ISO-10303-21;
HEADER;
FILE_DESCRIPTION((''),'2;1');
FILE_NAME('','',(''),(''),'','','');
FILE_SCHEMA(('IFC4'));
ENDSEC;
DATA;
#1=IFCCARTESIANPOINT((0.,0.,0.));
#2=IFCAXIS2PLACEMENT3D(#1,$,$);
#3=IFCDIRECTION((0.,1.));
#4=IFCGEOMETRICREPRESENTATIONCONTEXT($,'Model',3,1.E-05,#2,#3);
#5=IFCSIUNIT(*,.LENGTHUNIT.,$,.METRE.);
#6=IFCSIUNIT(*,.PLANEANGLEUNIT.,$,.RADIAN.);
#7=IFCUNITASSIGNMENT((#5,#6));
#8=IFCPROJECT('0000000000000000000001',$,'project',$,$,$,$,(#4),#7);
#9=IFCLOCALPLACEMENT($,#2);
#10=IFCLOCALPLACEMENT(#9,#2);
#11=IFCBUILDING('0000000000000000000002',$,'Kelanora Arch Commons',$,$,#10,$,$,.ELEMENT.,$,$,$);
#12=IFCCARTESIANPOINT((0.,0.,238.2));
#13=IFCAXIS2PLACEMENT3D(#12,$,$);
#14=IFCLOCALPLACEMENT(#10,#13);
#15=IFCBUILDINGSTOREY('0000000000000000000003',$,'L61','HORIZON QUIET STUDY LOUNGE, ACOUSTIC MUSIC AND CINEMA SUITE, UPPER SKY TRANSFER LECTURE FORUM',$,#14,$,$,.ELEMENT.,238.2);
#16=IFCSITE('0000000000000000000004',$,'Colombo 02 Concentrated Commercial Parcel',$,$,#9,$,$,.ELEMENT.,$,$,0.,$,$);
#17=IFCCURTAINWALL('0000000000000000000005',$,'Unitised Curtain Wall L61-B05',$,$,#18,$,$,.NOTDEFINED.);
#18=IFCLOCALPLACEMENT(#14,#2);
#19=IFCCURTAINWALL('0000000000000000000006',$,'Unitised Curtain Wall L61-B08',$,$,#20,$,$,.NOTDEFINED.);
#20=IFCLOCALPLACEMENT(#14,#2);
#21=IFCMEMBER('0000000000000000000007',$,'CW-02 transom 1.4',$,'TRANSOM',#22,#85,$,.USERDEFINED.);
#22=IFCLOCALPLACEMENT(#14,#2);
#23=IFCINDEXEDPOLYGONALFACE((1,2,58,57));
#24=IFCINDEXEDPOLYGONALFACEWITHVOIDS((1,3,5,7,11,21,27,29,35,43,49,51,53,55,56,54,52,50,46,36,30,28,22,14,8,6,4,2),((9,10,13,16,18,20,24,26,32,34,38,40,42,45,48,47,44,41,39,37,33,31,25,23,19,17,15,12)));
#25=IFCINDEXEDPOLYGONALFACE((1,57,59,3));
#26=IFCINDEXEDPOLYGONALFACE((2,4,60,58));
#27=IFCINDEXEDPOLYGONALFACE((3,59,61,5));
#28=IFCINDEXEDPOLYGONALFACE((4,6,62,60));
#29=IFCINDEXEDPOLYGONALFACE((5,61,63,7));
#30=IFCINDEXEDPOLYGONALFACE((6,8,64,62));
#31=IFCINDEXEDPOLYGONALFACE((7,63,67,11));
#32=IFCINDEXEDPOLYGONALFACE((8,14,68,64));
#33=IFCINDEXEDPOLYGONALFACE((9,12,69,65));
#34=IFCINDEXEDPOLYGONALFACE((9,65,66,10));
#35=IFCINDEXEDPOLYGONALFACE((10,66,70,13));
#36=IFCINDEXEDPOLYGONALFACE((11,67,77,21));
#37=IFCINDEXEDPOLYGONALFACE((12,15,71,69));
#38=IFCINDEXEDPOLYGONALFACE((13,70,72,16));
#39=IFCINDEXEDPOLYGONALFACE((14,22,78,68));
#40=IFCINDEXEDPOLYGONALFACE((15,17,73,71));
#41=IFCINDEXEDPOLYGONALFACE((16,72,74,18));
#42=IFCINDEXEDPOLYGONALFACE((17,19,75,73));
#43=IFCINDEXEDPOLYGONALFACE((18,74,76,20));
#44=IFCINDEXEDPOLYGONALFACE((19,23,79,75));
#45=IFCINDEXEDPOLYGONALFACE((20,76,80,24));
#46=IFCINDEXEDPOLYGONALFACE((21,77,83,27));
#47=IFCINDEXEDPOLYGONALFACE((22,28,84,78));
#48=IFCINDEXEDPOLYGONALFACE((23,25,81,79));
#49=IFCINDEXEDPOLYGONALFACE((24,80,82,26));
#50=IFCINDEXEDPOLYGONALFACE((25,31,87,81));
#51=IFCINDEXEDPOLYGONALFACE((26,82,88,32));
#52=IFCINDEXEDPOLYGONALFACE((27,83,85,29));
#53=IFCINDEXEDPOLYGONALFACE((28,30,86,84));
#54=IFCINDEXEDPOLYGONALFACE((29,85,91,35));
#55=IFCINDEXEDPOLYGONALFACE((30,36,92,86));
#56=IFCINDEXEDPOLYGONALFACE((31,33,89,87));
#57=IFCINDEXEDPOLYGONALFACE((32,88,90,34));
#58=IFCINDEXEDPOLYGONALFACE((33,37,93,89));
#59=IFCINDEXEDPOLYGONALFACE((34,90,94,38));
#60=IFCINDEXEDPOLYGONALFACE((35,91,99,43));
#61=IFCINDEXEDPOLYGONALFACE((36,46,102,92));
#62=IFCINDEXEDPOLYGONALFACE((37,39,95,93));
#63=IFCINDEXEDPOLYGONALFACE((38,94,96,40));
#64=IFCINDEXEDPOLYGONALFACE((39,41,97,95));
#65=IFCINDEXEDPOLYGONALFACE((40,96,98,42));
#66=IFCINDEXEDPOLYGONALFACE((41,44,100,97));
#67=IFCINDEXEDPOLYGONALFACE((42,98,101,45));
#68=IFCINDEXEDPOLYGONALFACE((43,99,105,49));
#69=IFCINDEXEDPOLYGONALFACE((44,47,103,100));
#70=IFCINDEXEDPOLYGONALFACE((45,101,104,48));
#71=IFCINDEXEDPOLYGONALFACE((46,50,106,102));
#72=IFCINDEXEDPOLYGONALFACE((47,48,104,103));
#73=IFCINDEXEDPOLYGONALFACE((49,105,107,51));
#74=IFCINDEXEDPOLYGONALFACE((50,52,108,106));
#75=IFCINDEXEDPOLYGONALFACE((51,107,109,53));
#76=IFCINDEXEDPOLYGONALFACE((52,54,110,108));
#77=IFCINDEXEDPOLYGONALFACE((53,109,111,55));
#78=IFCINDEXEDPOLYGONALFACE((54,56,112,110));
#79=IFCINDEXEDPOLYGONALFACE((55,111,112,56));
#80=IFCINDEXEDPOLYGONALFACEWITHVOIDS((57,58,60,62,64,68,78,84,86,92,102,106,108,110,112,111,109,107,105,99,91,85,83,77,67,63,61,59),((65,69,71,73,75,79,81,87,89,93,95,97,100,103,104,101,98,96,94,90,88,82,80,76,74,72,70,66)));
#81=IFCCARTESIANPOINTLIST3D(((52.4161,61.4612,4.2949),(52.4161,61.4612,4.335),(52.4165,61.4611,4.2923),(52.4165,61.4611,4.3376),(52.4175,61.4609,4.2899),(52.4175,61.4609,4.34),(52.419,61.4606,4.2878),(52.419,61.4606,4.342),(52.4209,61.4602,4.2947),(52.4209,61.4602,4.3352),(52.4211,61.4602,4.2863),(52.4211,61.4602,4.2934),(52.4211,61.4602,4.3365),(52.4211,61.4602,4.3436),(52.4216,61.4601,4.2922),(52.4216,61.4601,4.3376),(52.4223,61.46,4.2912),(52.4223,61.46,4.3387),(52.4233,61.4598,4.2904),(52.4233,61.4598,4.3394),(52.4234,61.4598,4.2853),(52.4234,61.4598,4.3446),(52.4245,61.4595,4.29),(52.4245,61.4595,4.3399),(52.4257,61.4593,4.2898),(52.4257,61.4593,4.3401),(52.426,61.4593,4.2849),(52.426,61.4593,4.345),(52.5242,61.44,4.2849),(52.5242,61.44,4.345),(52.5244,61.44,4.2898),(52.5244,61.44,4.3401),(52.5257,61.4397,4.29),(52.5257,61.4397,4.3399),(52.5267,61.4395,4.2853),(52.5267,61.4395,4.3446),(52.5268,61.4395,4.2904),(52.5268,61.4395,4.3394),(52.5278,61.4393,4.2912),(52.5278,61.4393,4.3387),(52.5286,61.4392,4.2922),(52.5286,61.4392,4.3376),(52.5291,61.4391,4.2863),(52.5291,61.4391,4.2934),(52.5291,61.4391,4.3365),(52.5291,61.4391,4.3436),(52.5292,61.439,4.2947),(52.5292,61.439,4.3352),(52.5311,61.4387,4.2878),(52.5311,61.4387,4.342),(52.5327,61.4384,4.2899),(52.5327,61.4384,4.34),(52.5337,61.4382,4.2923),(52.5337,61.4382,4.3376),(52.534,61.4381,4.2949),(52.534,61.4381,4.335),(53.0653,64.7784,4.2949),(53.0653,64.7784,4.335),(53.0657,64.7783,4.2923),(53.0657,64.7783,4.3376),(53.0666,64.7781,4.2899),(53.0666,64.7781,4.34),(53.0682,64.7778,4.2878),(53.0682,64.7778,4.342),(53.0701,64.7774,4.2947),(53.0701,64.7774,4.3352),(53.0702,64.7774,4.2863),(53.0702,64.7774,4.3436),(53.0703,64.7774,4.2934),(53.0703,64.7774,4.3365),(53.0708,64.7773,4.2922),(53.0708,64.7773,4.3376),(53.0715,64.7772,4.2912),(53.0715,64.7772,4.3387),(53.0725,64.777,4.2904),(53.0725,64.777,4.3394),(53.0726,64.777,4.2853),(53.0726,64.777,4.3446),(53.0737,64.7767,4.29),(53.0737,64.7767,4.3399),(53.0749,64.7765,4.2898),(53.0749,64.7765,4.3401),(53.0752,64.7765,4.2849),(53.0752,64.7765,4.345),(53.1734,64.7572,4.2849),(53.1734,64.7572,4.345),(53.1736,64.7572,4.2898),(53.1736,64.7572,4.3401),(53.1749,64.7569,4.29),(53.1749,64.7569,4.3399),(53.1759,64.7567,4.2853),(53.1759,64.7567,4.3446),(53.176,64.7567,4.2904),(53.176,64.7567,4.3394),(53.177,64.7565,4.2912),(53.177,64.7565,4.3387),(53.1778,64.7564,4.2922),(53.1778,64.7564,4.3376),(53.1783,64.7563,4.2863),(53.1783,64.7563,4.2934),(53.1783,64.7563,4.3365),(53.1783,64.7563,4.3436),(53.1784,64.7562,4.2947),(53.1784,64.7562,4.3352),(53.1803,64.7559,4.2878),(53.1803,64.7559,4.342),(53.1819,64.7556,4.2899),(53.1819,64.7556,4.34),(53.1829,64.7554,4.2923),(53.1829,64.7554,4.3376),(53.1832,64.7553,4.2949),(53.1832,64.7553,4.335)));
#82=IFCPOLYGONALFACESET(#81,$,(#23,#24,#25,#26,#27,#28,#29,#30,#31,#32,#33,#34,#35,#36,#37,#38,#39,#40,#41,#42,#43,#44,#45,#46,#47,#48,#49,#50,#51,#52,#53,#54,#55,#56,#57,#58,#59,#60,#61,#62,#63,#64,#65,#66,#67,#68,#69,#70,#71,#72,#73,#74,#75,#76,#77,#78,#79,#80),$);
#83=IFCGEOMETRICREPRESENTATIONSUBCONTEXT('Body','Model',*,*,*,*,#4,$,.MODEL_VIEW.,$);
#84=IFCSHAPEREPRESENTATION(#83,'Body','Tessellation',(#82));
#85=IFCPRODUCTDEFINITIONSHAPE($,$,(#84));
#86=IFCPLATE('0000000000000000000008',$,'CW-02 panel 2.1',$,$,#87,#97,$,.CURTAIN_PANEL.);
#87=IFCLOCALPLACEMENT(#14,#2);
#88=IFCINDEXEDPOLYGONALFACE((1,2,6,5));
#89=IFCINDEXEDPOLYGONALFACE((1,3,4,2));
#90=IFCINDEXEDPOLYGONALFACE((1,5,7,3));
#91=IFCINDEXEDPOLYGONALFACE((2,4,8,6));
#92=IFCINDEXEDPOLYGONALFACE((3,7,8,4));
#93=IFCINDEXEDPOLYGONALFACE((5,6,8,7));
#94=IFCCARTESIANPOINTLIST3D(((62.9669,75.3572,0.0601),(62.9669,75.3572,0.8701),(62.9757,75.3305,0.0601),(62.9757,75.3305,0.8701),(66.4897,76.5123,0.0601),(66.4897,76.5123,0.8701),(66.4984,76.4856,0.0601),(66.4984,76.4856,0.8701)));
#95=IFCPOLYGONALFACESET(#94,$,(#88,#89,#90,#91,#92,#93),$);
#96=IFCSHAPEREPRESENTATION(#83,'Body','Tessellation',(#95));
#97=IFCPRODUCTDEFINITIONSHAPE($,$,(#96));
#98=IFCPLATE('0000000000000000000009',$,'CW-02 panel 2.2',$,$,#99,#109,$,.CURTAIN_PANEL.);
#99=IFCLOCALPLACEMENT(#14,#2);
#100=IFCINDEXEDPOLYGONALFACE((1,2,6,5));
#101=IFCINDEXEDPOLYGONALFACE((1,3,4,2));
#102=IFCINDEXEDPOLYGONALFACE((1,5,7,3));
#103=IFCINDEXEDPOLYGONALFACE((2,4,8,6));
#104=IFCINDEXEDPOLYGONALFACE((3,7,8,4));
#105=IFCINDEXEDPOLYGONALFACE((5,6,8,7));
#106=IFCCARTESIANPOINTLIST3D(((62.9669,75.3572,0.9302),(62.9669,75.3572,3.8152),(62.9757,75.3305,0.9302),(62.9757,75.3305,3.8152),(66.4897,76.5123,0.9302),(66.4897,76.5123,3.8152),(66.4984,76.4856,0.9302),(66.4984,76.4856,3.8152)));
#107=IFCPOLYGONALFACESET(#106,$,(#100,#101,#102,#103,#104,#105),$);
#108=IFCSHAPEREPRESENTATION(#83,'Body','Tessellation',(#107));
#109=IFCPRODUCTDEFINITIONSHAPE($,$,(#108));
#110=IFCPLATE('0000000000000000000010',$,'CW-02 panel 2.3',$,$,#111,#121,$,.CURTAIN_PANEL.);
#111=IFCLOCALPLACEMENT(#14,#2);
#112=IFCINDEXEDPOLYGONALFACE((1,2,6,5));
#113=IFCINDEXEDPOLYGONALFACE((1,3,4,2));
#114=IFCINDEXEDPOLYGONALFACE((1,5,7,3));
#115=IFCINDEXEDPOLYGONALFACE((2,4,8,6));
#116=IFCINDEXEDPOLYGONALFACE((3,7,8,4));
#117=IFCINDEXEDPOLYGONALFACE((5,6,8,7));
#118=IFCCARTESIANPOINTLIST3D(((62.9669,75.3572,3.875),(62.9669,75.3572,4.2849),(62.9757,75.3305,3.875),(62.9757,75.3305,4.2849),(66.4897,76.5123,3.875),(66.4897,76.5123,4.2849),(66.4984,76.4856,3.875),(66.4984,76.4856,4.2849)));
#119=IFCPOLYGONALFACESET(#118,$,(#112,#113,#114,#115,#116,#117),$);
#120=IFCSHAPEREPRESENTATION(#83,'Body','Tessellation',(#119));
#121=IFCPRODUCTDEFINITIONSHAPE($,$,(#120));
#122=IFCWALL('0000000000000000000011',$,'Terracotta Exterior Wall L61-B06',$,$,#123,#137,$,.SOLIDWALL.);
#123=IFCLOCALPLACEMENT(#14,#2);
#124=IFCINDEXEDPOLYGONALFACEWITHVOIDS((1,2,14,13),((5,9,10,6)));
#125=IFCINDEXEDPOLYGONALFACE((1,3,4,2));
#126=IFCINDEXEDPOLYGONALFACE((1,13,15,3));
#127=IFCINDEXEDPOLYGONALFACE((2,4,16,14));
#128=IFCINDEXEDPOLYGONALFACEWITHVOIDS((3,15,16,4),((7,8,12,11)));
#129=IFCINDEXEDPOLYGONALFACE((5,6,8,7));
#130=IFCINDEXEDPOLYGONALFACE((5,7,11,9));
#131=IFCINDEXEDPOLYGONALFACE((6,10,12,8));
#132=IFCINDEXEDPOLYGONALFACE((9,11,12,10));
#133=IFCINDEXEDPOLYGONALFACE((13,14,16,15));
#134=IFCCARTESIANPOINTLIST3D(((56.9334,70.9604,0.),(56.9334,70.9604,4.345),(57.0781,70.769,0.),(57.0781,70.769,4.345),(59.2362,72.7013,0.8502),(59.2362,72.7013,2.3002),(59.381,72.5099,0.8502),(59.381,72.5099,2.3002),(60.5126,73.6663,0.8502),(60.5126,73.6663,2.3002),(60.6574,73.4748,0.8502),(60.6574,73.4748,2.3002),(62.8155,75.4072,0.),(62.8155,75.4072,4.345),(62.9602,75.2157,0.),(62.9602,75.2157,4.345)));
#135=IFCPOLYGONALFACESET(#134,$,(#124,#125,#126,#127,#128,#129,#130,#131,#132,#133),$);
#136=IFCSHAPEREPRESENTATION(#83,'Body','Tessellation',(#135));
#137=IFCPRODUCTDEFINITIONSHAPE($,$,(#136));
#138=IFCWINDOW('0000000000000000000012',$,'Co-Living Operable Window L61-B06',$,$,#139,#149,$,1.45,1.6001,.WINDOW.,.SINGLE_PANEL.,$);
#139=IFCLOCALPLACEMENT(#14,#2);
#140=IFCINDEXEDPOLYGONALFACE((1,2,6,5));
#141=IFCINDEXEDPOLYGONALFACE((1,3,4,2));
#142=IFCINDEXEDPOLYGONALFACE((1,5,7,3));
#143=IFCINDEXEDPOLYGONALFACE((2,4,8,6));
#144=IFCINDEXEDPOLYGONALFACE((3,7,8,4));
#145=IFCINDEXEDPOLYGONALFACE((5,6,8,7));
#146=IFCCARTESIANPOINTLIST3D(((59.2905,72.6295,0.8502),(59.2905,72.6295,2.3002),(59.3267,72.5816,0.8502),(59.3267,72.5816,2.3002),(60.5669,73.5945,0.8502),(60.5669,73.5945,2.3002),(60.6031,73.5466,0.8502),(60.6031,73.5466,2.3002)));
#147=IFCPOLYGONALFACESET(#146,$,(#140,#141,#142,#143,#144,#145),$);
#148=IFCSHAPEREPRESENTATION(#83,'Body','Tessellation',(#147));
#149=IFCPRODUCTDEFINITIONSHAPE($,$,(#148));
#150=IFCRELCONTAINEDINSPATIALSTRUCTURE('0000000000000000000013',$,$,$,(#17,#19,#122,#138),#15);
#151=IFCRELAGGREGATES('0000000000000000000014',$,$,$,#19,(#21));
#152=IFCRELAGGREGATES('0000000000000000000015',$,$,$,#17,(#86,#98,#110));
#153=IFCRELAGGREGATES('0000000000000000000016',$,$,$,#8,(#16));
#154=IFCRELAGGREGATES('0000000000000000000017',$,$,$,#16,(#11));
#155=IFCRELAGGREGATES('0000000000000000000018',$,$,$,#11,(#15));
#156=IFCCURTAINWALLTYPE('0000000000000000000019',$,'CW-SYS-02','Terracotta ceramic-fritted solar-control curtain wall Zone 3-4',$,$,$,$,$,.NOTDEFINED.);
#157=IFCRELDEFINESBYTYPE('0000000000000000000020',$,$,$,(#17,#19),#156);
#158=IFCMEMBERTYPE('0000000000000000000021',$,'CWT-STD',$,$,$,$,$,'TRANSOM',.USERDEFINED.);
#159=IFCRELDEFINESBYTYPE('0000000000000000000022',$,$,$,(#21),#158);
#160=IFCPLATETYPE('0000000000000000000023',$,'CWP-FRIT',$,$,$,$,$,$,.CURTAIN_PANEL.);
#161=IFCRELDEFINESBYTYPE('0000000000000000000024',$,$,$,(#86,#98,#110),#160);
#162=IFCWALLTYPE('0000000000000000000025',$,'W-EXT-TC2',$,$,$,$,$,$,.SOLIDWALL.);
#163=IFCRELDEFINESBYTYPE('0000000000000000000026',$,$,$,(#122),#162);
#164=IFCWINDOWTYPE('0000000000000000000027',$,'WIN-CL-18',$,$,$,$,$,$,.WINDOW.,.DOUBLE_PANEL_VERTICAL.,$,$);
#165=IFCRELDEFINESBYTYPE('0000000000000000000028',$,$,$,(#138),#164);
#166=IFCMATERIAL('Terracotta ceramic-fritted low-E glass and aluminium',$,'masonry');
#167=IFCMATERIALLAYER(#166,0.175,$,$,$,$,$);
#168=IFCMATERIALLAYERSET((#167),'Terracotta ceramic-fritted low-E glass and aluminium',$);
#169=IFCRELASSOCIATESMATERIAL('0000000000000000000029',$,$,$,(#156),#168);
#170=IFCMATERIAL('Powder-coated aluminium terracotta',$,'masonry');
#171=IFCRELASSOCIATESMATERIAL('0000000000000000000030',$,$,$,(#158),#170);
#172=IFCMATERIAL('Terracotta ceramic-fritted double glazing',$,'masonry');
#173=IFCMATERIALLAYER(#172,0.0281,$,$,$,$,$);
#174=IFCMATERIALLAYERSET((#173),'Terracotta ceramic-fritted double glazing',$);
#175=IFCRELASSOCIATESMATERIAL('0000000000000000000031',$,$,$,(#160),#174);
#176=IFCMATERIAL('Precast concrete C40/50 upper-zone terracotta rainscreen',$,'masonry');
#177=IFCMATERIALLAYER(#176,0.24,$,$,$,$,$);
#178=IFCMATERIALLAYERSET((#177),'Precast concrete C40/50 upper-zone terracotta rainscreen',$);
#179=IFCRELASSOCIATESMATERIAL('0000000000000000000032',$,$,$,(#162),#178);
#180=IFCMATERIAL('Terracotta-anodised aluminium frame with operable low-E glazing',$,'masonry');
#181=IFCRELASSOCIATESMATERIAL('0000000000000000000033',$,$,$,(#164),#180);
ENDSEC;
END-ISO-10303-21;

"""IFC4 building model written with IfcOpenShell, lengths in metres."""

from ifc_helpers import new_model, si_unit, direction, frame, frame_2d, origin, origin_2d, place, context, subcontext, project, spatial, rectangle, hollow_rectangle, extrude, source, transform, mapped, material, layer, layer_set, material_profile, profile_set, type_object, element, fill, aggregate, save


model = new_model("IFC4")

# Units and contexts
model_context = context("Model", 3, precision=1e-05, world=origin(), true_north=direction((0.0, 1.0)))
body_context = subcontext(model_context, "Body", "Model", "MODEL_VIEW")
ifc_project = project(units=[si_unit("LENGTHUNIT", "METRE"), si_unit("PLANEANGLEUNIT", "RADIAN")], contexts=[model_context])

# Site, building, storey
site_placement = place(None, origin())
site = spatial("IfcSite", under=ifc_project, at=site_placement, Name="Colombo 02 Concentrated Commercial Parcel", CompositionType="ELEMENT", RefElevation=0.0)
building_placement = place(site_placement, origin())
building = spatial("IfcBuilding", under=site, at=building_placement, Name="Kelanora Arch Commons", CompositionType="ELEMENT")
storey_placement = place(building_placement, frame((0.0, 0.0, 238.2)))
storey = spatial("IfcBuildingStorey", under=building, at=storey_placement, Name="L61", Description="HORIZON QUIET STUDY LOUNGE, ACOUSTIC MUSIC AND CINEMA SUITE, UPPER SKY TRANSFER LECTURE FORUM", CompositionType="ELEMENT", Elevation=238.2)

# Curtain wall
ifc_material_1 = material(Name="Terracotta ceramic-fritted low-E glass and aluminium", Category="masonry")
ifc_layer_1 = layer(ifc_material_1, 0.175)
ifc_layer_set_1 = layer_set([ifc_layer_1], Name="Terracotta ceramic-fritted low-E glass and aluminium")
curtain_wall_type = type_object("IfcCurtainWallType", Name="CW-SYS-02", Description="Terracotta ceramic-fritted solar-control curtain wall Zone 3-4", PredefinedType="NOTDEFINED", material=ifc_layer_set_1)
curtain_wall_1_placement = place(storey_placement, origin())
curtain_wall_1 = element("IfcCurtainWall", 1, at=curtain_wall_1_placement, inside=storey, type_object=curtain_wall_type, Name="Unitised Curtain Wall L61-B05", PredefinedType="NOTDEFINED")
ifc_material_2 = material(Name="Powder-coated aluminium terracotta", Category="masonry")

# Curtain wall, member
curtain_wall_2_placement = place(storey_placement, origin())
curtain_wall_2 = element("IfcCurtainWall", 2, at=curtain_wall_2_placement, inside=storey, type_object=curtain_wall_type, Name="Unitised Curtain Wall L61-B08", PredefinedType="NOTDEFINED")
ifc_material_profile_1 = material_profile(ifc_material_2, hollow_rectangle(XDim=0.1201, YDim=0.0601, WallThickness=0.0049, InnerFilletRadius=0.0049, OuterFilletRadius=0.01, at=origin_2d()), Name="CWT120x60")
ifc_profile_set_1 = profile_set([ifc_material_profile_1], Name="Powder-coated aluminium terracotta")
member_type_1 = type_object("IfcMemberType", Name="CWT-STD", ElementType="TRANSOM", PredefinedType="USERDEFINED", material=ifc_profile_set_1)
member_1_placement = place(storey_placement, frame((53.1243, 64.7668, 4.3149), z_axis=(-0.192058, -0.981383, 0.0), x_axis=(0.981383, -0.192058, 0.0)))
member_1 = element("IfcMember", 3, at=member_1_placement, type_object=member_type_1, Name="CW-02 transom 1.4", ObjectType="TRANSOM", PredefinedType="USERDEFINED", context=body_context, shape_type="SweptSolid", body=[
    extrude(hollow_rectangle(XDim=0.1201, YDim=0.0601, WallThickness=0.0049, InnerFilletRadius=0.0049, OuterFilletRadius=0.01, at=origin_2d()), origin(), (0.0, 0.0, 1.0), 3.3801),
])
aggregate(curtain_wall_2, [member_1])

# Plates
ifc_material_3 = material(Name="Terracotta ceramic-fritted double glazing", Category="masonry")
ifc_layer_2 = layer(ifc_material_3, 0.0281)
ifc_layer_set_2 = layer_set([ifc_layer_2], Name="Terracotta ceramic-fritted double glazing")
plate_type = type_object("IfcPlateType", Name="CWP-FRIT", PredefinedType="CURTAIN_PANEL", material=ifc_layer_set_2)
shared_shape_1 = source(origin(), body_context, "Body", "SweptSolid", [
    extrude(rectangle(XDim=3.7073, YDim=0.0281, at=origin_2d()), origin(), (0.0, 0.0, 1.0), 0.8101),
])
plate_1_placement = place(storey_placement, frame((64.7327, 75.9214, 0.0601), z_axis=(0.0, 0.0, 1.0), x_axis=(-0.950219, -0.311582, 0.0)))
plate_1 = element("IfcPlate", 4, at=plate_1_placement, type_object=plate_type, Name="CW-02 panel 2.1", PredefinedType="CURTAIN_PANEL", context=body_context, shape_type="MappedRepresentation", body=[
    mapped(shared_shape_1, transform((0.0, 0.0, 0.0), scale=1.0)),
])
shared_shape_2 = source(origin(), body_context, "Body", "SweptSolid", [
    extrude(rectangle(XDim=3.7073, YDim=0.0281, at=origin_2d()), origin(), (0.0, 0.0, 1.0), 2.885),
])
plate_2_placement = place(storey_placement, frame((64.7327, 75.9214, 0.9302), z_axis=(0.0, 0.0, 1.0), x_axis=(-0.950219, -0.311582, 0.0)))
plate_2 = element("IfcPlate", 5, at=plate_2_placement, type_object=plate_type, Name="CW-02 panel 2.2", PredefinedType="CURTAIN_PANEL", context=body_context, shape_type="MappedRepresentation", body=[
    mapped(shared_shape_2, transform((0.0, 0.0, 0.0), scale=1.0)),
])
shared_shape_3 = source(origin(), body_context, "Body", "SweptSolid", [
    extrude(rectangle(XDim=3.7073, YDim=0.0281, at=origin_2d()), origin(), (0.0, 0.0, 1.0), 0.4099),
])
plate_3_placement = place(storey_placement, frame((64.7327, 75.9214, 3.875), z_axis=(0.0, 0.0, 1.0), x_axis=(-0.950219, -0.311582, 0.0)))
plate_3 = element("IfcPlate", 6, at=plate_3_placement, type_object=plate_type, Name="CW-02 panel 2.3", PredefinedType="CURTAIN_PANEL", context=body_context, shape_type="MappedRepresentation", body=[
    mapped(shared_shape_3, transform((0.0, 0.0, 0.0), scale=1.0)),
])
aggregate(curtain_wall_1, [plate_1, plate_2, plate_3])

# Wall, opening, window
ifc_material_4 = material(Name="Precast concrete C40/50 upper-zone terracotta rainscreen", Category="masonry")
ifc_layer_3 = layer(ifc_material_4, 0.24)
ifc_layer_set_3 = layer_set([ifc_layer_3], Name="Precast concrete C40/50 upper-zone terracotta rainscreen")
wall_type_1 = type_object("IfcWallType", Name="W-EXT-TC2", PredefinedType="SOLIDWALL", material=ifc_layer_set_3)
wall_1_placement = place(storey_placement, frame((62.8879, 75.3115, 0.0), z_axis=(0.0, 0.0, 1.0), x_axis=(-0.797702, -0.603052, 0.0)))
wall_1 = element("IfcWall", 7, at=wall_1_placement, inside=storey, type_object=wall_type_1, Name="Terracotta Exterior Wall L61-B06", PredefinedType="SOLIDWALL", context=body_context, shape_type="SweptSolid", body=[
    extrude(rectangle(XDim=7.3738, YDim=0.24, at=frame_2d((3.687, 0.0))), origin(), (0.0, 0.0, 1.0), 4.345),
])
opening_1_placement = place(wall_1_placement, frame((2.887, 0.0, 0.8501)))
opening_1 = element("IfcOpeningElement", 8, at=opening_1_placement, cuts=wall_1, PredefinedType="OPENING", context=body_context, shape_type="SweptSolid", body=[
    extrude(rectangle(XDim=1.6001, YDim=1.45, at=frame_2d((0.8, 0.7251))), frame((0.0, 0.1299, 0.0), z_axis=(0.0, -1.0, 0.0), x_axis=(1.0, 0.0, 0.0)), (0.0, 0.0, 1.0), 0.26),
])
ifc_material_5 = material(Name="Terracotta-anodised aluminium frame with operable low-E glazing", Category="masonry")
window_type_1 = type_object("IfcWindowType", Name="WIN-CL-18", PartitioningType="DOUBLE_PANEL_VERTICAL", PredefinedType="WINDOW", material=ifc_material_5)
window_1_placement = place(opening_1_placement, origin())
window_1 = element("IfcWindow", 9, at=window_1_placement, inside=storey, type_object=window_type_1, Name="Co-Living Operable Window L61-B06", OverallHeight=1.45, OverallWidth=1.6001, PartitioningType="SINGLE_PANEL", PredefinedType="WINDOW", context=body_context, shape_type="SweptSolid", body=[
    extrude(rectangle(XDim=1.6001, YDim=1.45, at=frame_2d((0.8, 0.7251))), frame((0.0, 0.03, 0.0), z_axis=(0.0, -1.0, 0.0), x_axis=(1.0, 0.0, 0.0)), (0.0, 0.0, 1.0), 0.0601),
])
fill(opening_1, window_1)

save(model, "model.ifc")
